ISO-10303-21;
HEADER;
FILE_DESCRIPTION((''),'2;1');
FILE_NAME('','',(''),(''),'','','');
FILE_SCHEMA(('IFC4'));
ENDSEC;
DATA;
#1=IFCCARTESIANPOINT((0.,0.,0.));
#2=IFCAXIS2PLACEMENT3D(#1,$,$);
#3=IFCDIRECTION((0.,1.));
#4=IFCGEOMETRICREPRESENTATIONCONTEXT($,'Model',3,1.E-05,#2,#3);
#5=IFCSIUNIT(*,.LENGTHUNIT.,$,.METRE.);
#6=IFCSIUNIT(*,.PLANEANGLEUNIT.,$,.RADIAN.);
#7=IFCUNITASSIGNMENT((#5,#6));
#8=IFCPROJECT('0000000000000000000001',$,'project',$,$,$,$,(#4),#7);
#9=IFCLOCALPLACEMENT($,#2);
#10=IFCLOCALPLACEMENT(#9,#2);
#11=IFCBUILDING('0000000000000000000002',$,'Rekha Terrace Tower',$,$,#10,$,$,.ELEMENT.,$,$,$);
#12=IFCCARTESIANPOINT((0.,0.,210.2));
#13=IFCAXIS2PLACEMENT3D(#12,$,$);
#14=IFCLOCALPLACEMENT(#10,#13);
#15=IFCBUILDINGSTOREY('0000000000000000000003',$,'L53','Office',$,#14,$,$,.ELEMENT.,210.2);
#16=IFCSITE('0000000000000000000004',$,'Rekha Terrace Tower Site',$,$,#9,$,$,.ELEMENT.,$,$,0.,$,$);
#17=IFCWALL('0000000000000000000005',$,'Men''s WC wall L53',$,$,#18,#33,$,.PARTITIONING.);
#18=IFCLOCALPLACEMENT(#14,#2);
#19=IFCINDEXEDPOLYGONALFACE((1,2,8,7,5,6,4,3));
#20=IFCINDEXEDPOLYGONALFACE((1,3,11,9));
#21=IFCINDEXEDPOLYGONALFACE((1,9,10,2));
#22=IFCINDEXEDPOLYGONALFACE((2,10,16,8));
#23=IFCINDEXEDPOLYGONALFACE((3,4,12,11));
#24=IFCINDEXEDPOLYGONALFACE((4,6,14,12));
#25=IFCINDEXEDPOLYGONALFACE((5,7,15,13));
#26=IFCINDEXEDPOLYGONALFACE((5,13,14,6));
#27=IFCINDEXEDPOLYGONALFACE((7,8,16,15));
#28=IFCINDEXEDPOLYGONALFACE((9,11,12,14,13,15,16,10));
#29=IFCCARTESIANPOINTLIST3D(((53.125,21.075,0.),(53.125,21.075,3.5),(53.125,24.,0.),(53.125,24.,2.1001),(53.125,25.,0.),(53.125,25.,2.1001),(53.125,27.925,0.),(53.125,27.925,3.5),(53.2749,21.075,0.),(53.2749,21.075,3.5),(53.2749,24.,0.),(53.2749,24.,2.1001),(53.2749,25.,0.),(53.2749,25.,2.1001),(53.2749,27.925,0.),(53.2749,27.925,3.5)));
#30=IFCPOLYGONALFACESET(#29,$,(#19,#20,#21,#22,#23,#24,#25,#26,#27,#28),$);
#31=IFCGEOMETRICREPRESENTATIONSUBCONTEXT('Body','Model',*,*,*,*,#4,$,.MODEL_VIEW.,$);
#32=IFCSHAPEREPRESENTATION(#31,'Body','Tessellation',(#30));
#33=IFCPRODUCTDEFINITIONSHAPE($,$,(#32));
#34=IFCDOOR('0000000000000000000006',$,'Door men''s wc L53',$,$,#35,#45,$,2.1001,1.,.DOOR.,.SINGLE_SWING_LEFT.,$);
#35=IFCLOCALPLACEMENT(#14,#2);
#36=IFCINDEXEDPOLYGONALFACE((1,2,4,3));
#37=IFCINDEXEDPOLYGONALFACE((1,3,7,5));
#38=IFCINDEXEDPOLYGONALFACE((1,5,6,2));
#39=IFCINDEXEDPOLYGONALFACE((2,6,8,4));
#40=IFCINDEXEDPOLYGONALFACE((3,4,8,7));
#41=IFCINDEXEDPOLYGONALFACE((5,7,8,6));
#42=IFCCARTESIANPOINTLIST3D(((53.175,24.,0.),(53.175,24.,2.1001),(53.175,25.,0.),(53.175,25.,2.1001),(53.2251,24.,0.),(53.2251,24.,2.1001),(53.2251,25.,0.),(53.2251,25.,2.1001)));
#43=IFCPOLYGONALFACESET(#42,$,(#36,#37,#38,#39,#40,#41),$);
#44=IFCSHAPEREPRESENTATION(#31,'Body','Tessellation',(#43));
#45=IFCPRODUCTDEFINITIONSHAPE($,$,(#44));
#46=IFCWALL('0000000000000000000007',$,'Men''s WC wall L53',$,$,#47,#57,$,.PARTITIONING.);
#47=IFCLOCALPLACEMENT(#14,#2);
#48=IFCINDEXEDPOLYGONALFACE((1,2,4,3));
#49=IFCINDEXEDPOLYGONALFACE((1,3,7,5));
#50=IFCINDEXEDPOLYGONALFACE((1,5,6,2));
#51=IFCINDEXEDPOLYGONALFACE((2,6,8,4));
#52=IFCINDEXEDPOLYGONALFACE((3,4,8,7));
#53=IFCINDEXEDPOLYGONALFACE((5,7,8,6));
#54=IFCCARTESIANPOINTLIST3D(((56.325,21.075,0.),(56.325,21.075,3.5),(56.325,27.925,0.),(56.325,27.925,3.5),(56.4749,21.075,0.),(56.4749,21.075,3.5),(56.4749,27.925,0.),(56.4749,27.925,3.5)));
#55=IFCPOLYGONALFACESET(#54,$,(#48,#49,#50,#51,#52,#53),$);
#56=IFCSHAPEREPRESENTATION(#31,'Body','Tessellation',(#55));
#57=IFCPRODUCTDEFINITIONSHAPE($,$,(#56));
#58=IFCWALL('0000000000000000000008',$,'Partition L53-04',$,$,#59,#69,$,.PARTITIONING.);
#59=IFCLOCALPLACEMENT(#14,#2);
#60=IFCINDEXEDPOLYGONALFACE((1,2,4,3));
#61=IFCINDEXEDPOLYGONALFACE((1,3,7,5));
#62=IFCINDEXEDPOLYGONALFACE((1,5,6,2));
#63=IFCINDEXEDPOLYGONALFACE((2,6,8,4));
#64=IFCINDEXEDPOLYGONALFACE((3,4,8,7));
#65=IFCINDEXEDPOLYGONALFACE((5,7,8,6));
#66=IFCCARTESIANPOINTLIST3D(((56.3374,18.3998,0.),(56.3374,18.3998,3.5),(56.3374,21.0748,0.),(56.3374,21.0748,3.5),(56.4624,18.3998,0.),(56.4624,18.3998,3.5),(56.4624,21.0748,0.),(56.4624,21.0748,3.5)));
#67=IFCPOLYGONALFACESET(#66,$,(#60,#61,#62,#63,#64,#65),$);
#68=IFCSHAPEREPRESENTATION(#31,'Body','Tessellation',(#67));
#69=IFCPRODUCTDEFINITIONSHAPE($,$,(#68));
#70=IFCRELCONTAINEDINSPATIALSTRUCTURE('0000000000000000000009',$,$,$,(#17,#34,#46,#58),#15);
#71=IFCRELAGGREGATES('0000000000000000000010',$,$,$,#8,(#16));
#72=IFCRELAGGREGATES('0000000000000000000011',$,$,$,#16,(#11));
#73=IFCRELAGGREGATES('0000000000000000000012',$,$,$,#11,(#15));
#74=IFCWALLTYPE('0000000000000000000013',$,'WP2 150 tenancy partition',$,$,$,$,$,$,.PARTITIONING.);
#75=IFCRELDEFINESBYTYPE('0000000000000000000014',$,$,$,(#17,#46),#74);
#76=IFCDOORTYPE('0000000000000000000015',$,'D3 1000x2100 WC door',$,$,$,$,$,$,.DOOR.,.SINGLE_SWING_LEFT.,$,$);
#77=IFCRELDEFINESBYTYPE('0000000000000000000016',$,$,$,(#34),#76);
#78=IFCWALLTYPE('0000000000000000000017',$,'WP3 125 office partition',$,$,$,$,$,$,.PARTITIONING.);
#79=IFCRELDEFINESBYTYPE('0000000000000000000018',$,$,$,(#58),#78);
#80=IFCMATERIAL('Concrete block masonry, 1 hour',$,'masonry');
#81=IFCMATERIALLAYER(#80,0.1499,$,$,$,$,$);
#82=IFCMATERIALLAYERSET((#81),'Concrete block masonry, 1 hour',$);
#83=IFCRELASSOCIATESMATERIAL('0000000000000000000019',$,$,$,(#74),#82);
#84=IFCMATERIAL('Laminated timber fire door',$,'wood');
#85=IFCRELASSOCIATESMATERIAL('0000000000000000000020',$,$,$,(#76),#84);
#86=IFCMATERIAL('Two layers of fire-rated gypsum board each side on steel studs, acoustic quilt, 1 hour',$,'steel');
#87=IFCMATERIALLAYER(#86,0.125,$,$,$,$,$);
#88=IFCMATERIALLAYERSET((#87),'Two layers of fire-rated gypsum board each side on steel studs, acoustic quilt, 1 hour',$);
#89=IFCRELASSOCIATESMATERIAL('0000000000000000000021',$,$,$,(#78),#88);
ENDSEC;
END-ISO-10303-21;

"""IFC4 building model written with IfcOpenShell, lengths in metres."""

from ifc_helpers import new_model, si_unit, direction, frame, frame_2d, origin, place, context, subcontext, project, spatial, rectangle, extrude, material, layer, layer_set, type_object, element, fill, save


model = new_model("IFC4")

# Units and contexts
model_context = context("Model", 3, precision=1e-05, world=origin(), true_north=direction((0.0, 1.0)))
body_context = subcontext(model_context, "Body", "Model", "MODEL_VIEW")
ifc_project = project(units=[si_unit("LENGTHUNIT", "METRE"), si_unit("PLANEANGLEUNIT", "RADIAN")], contexts=[model_context])

# Site, building, storey
site_placement = place(None, origin())
site = spatial("IfcSite", under=ifc_project, at=site_placement, Name="Rekha Terrace Tower Site", CompositionType="ELEMENT", RefElevation=0.0)
building_placement = place(site_placement, origin())
building = spatial("IfcBuilding", under=site, at=building_placement, Name="Rekha Terrace Tower", CompositionType="ELEMENT")
storey_placement = place(building_placement, frame((0.0, 0.0, 210.2)))
storey = spatial("IfcBuildingStorey", under=building, at=storey_placement, Name="L53", Description="Office", CompositionType="ELEMENT", Elevation=210.2)

# Shared definitions
ifc_material_1 = material(Name="Concrete block masonry, 1 hour", Category="masonry")
ifc_layer_1 = layer(ifc_material_1, 0.1499)
ifc_layer_set_1 = layer_set([ifc_layer_1], Name="Concrete block masonry, 1 hour")
wall_type_1 = type_object("IfcWallType", Name="WP2 150 tenancy partition", PredefinedType="PARTITIONING", material=ifc_layer_set_1)

# Wall, opening, door
wall_1_placement = place(storey_placement, frame((53.2, 21.075, 0.0), z_axis=(0.0, 0.0, 1.0), x_axis=(0.0, 1.0, 0.0)))
wall_1 = element("IfcWall", 1, at=wall_1_placement, inside=storey, type_object=wall_type_1, Name="Men's WC wall L53", PredefinedType="PARTITIONING", context=body_context, shape_type="SweptSolid", body=[
    extrude(rectangle(XDim=6.8501, YDim=0.1499, at=frame_2d((3.425, 0.0))), origin(), (0.0, 0.0, 1.0), 3.5),
])
opening_placement = place(wall_1_placement, frame((2.925, 0.0, 0.0)))
opening = element("IfcOpeningElement", 2, at=opening_placement, cuts=wall_1, PredefinedType="OPENING", context=body_context, shape_type="SweptSolid", body=[
    extrude(rectangle(XDim=1.0, YDim=2.1001, at=frame_2d((0.5, 1.05))), frame((0.0, 0.085, 0.0), z_axis=(0.0, -1.0, 0.0), x_axis=(1.0, 0.0, 0.0)), (0.0, 0.0, 1.0), 0.1699),
])
ifc_material_2 = material(Name="Laminated timber fire door", Category="wood")
door_type = type_object("IfcDoorType", Name="D3 1000x2100 WC door", OperationType="SINGLE_SWING_LEFT", PredefinedType="DOOR", material=ifc_material_2)
door_placement = place(opening_placement, origin())
door = element("IfcDoor", 3, at=door_placement, inside=storey, type_object=door_type, Name="Door men's wc L53", OperationType="SINGLE_SWING_LEFT", OverallHeight=2.1001, OverallWidth=1.0, PredefinedType="DOOR", context=body_context, shape_type="SweptSolid", body=[
    extrude(rectangle(XDim=1.0, YDim=2.1001, at=frame_2d((0.5, 1.05))), frame((0.0, 0.0249, 0.0), z_axis=(0.0, -1.0, 0.0), x_axis=(1.0, 0.0, 0.0)), (0.0, 0.0, 1.0), 0.05),
])
fill(opening, door)

# Walls
wall_2_placement = place(storey_placement, frame((56.3999, 21.075, 0.0), z_axis=(0.0, 0.0, 1.0), x_axis=(0.0, 1.0, 0.0)))
element("IfcWall", 4, at=wall_2_placement, inside=storey, type_object=wall_type_1, Name="Men's WC wall L53", PredefinedType="PARTITIONING", context=body_context, shape_type="SweptSolid", body=[
    extrude(rectangle(XDim=6.8501, YDim=0.1499, at=frame_2d((3.425, 0.0))), origin(), (0.0, 0.0, 1.0), 3.5),
])
ifc_material_3 = material(Name="Two layers of fire-rated gypsum board each side on steel studs, acoustic quilt, 1 hour", Category="steel")
ifc_layer_2 = layer(ifc_material_3, 0.125)
ifc_layer_set_2 = layer_set([ifc_layer_2], Name="Two layers of fire-rated gypsum board each side on steel studs, acoustic quilt, 1 hour")
wall_type_2 = type_object("IfcWallType", Name="WP3 125 office partition", PredefinedType="PARTITIONING", material=ifc_layer_set_2)
wall_3_placement = place(storey_placement, frame((56.3999, 18.3999, 0.0), z_axis=(0.0, 0.0, 1.0), x_axis=(0.0, 1.0, 0.0)))
element("IfcWall", 5, at=wall_3_placement, inside=storey, type_object=wall_type_2, Name="Partition L53-04", PredefinedType="PARTITIONING", context=body_context, shape_type="SweptSolid", body=[
    extrude(rectangle(XDim=2.675, YDim=0.125, at=frame_2d((1.3374, 0.0))), origin(), (0.0, 0.0, 1.0), 3.5),
])

save(model, "model.ifc")
